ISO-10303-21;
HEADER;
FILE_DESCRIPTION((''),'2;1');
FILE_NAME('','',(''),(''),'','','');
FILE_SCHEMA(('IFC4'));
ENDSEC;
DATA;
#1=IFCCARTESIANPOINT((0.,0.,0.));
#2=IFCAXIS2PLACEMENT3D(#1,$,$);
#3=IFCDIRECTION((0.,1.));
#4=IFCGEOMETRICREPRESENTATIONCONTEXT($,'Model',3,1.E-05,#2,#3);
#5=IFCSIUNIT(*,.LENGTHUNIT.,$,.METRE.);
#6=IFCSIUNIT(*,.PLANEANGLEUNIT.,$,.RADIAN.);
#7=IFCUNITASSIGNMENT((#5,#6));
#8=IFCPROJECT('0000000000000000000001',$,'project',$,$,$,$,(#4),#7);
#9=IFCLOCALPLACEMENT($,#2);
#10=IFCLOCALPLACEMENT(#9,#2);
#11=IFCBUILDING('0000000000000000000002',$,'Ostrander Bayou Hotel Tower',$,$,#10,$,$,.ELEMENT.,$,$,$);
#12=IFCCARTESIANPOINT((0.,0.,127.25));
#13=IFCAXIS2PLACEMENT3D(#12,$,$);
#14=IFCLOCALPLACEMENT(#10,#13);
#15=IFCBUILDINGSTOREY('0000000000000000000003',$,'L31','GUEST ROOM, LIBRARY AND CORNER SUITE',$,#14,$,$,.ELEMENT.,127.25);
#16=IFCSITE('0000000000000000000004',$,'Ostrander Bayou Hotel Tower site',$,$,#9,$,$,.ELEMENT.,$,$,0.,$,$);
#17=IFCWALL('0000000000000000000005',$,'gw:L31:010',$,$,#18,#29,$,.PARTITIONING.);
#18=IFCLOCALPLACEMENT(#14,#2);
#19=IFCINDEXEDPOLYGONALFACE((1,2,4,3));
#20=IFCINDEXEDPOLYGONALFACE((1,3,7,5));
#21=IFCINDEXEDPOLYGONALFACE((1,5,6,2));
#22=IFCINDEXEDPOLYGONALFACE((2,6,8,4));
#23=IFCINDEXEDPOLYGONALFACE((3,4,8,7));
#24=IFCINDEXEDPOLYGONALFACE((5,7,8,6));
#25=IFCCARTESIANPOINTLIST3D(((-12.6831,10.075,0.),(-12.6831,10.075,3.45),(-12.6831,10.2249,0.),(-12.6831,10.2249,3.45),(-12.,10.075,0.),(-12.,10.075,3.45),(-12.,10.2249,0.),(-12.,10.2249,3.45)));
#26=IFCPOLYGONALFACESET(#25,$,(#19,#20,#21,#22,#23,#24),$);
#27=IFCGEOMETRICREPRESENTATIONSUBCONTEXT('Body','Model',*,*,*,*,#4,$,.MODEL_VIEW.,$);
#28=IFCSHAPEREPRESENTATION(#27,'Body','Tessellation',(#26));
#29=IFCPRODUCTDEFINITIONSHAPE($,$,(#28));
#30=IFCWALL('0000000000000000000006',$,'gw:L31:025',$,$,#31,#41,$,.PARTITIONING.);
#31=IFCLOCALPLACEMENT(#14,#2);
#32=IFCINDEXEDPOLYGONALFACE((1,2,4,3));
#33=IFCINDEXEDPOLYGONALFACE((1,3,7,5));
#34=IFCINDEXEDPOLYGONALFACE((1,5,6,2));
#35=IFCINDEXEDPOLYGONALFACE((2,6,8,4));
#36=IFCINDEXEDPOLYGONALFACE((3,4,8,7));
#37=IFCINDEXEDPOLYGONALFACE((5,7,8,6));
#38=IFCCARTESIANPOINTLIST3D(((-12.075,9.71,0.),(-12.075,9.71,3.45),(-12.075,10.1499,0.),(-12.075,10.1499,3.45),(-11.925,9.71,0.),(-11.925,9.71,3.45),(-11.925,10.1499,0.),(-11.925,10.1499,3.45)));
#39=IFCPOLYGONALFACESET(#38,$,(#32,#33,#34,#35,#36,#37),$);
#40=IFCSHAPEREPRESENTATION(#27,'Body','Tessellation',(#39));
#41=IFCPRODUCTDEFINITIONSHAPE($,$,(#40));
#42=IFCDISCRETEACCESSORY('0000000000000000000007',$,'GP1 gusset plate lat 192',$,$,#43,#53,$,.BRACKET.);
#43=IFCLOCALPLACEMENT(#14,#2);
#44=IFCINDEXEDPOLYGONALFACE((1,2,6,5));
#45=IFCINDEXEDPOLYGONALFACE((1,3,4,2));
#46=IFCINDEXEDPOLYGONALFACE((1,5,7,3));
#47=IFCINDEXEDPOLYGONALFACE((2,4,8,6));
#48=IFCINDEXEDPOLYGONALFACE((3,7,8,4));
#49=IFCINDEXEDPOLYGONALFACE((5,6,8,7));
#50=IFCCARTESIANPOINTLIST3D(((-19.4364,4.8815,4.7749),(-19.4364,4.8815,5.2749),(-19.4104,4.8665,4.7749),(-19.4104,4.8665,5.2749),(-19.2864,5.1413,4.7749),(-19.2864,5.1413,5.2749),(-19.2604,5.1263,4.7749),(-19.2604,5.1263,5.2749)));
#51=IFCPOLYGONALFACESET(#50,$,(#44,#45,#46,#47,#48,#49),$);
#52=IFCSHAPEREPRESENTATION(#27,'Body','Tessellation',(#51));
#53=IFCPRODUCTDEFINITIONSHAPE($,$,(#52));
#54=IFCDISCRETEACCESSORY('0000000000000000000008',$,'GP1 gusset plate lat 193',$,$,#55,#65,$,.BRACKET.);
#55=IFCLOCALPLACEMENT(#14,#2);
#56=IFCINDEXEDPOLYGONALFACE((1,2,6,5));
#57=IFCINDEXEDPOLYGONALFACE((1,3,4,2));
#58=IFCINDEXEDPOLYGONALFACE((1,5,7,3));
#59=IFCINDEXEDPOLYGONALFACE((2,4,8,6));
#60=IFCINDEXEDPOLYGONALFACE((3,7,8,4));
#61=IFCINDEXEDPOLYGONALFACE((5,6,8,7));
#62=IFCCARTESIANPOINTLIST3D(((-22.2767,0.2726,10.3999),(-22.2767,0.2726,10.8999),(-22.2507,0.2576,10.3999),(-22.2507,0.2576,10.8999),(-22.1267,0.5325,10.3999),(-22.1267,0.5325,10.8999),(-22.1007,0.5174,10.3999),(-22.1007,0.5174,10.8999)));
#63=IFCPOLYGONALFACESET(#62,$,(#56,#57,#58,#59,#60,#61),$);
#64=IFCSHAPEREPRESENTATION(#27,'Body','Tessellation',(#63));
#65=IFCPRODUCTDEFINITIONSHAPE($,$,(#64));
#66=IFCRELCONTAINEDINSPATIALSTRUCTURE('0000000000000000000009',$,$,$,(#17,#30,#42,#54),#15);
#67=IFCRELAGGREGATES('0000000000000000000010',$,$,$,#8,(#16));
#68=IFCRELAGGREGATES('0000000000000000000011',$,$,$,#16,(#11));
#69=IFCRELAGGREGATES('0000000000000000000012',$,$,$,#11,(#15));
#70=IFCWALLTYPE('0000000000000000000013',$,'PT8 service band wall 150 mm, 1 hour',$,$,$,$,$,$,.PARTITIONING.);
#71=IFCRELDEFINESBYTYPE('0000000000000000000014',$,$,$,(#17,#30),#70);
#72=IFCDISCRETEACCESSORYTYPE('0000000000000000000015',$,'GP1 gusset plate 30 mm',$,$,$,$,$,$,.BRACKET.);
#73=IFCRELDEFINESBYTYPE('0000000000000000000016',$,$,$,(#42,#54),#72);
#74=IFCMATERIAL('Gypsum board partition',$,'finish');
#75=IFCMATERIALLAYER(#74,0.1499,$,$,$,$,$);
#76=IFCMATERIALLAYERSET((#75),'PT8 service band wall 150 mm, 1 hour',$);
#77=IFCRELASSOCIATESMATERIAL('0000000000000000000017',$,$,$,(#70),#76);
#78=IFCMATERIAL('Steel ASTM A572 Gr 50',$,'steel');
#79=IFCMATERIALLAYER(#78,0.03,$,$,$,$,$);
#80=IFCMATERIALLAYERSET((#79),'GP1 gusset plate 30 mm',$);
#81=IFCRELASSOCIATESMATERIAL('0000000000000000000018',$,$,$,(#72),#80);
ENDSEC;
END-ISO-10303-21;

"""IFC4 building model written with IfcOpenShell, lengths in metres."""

from ifc_helpers import new_model, si_unit, direction, frame, frame_2d, origin, origin_2d, place, context, subcontext, project, spatial, rectangle, extrude, material, layer, layer_set, type_object, element, save


model = new_model("IFC4")

# Units and contexts
model_context = context("Model", 3, precision=1e-05, world=origin(), true_north=direction((0.0, 1.0)))
body_context = subcontext(model_context, "Body", "Model", "MODEL_VIEW")
ifc_project = project(units=[si_unit("LENGTHUNIT", "METRE"), si_unit("PLANEANGLEUNIT", "RADIAN")], contexts=[model_context])

# Site, building, storey
site_placement = place(None, origin())
site = spatial("IfcSite", under=ifc_project, at=site_placement, Name="Ostrander Bayou Hotel Tower site", CompositionType="ELEMENT", RefElevation=0.0)
building_placement = place(site_placement, origin())
building = spatial("IfcBuilding", under=site, at=building_placement, Name="Ostrander Bayou Hotel Tower", CompositionType="ELEMENT")
storey_placement = place(building_placement, frame((0.0, 0.0, 127.25)))
storey = spatial("IfcBuildingStorey", under=building, at=storey_placement, Name="L31", Description="GUEST ROOM, LIBRARY AND CORNER SUITE", CompositionType="ELEMENT", Elevation=127.25)

# Walls
ifc_material_1 = material(Name="Gypsum board partition", Category="finish")
ifc_layer_1 = layer(ifc_material_1, 0.1499)
ifc_layer_set_1 = layer_set([ifc_layer_1], Name="PT8 service band wall 150 mm, 1 hour")
wall_type_1 = type_object("IfcWallType", Name="PT8 service band wall 150 mm, 1 hour", PredefinedType="PARTITIONING", material=ifc_layer_set_1)
wall_1_placement = place(storey_placement, frame((-12.6831, 10.1499, 0.0), z_axis=(0.0, 0.0, 1.0), x_axis=(1.0, 0.0, 0.0)))
element("IfcWall", 1, at=wall_1_placement, inside=storey, type_object=wall_type_1, Name="gw:L31:010", PredefinedType="PARTITIONING", context=body_context, shape_type="SweptSolid", body=[
    extrude(rectangle(XDim=0.6831, YDim=0.1499, at=frame_2d((0.3416, 0.0))), origin(), (0.0, 0.0, 1.0), 3.45),
])
wall_2_placement = place(storey_placement, frame((-12.0, 9.71, 0.0), z_axis=(0.0, 0.0, 1.0), x_axis=(0.0, 1.0, 0.0)))
element("IfcWall", 2, at=wall_2_placement, inside=storey, type_object=wall_type_1, Name="gw:L31:025", PredefinedType="PARTITIONING", context=body_context, shape_type="SweptSolid", body=[
    extrude(rectangle(XDim=0.4399, YDim=0.1499, at=frame_2d((0.22, 0.0))), origin(), (0.0, 0.0, 1.0), 3.45),
])

# Discrete accessories
ifc_material_2 = material(Name="Steel ASTM A572 Gr 50", Category="steel")
ifc_layer_2 = layer(ifc_material_2, 0.03)
ifc_layer_set_2 = layer_set([ifc_layer_2], Name="GP1 gusset plate 30 mm")
discrete_accessory_type = type_object("IfcDiscreteAccessoryType", Name="GP1 gusset plate 30 mm", PredefinedType="BRACKET", material=ifc_layer_set_2)
for number, where, z_axis, x_axis, name in (
    (3, (-19.3484, 5.0039, 4.7749), (0.0, 0.0, 1.0), (-0.5, -0.866025, 0.0), "GP1 gusset plate lat 192"),
    (4, (-22.1887, 0.395, 10.3999), (0.0, 0.0, 1.0), (-0.5, -0.866025, 0.0), "GP1 gusset plate lat 193"),
):
    element("IfcDiscreteAccessory", number, at=place(storey_placement, frame(where, z_axis=z_axis, x_axis=x_axis)), inside=storey, type_object=discrete_accessory_type, Name=name, PredefinedType="BRACKET", context=body_context, shape_type="SweptSolid", body=[
        extrude(rectangle(XDim=0.3, YDim=0.03, at=origin_2d()), origin(), (0.0, 0.0, 1.0), 0.5),
    ])

save(model, "model.ifc")
